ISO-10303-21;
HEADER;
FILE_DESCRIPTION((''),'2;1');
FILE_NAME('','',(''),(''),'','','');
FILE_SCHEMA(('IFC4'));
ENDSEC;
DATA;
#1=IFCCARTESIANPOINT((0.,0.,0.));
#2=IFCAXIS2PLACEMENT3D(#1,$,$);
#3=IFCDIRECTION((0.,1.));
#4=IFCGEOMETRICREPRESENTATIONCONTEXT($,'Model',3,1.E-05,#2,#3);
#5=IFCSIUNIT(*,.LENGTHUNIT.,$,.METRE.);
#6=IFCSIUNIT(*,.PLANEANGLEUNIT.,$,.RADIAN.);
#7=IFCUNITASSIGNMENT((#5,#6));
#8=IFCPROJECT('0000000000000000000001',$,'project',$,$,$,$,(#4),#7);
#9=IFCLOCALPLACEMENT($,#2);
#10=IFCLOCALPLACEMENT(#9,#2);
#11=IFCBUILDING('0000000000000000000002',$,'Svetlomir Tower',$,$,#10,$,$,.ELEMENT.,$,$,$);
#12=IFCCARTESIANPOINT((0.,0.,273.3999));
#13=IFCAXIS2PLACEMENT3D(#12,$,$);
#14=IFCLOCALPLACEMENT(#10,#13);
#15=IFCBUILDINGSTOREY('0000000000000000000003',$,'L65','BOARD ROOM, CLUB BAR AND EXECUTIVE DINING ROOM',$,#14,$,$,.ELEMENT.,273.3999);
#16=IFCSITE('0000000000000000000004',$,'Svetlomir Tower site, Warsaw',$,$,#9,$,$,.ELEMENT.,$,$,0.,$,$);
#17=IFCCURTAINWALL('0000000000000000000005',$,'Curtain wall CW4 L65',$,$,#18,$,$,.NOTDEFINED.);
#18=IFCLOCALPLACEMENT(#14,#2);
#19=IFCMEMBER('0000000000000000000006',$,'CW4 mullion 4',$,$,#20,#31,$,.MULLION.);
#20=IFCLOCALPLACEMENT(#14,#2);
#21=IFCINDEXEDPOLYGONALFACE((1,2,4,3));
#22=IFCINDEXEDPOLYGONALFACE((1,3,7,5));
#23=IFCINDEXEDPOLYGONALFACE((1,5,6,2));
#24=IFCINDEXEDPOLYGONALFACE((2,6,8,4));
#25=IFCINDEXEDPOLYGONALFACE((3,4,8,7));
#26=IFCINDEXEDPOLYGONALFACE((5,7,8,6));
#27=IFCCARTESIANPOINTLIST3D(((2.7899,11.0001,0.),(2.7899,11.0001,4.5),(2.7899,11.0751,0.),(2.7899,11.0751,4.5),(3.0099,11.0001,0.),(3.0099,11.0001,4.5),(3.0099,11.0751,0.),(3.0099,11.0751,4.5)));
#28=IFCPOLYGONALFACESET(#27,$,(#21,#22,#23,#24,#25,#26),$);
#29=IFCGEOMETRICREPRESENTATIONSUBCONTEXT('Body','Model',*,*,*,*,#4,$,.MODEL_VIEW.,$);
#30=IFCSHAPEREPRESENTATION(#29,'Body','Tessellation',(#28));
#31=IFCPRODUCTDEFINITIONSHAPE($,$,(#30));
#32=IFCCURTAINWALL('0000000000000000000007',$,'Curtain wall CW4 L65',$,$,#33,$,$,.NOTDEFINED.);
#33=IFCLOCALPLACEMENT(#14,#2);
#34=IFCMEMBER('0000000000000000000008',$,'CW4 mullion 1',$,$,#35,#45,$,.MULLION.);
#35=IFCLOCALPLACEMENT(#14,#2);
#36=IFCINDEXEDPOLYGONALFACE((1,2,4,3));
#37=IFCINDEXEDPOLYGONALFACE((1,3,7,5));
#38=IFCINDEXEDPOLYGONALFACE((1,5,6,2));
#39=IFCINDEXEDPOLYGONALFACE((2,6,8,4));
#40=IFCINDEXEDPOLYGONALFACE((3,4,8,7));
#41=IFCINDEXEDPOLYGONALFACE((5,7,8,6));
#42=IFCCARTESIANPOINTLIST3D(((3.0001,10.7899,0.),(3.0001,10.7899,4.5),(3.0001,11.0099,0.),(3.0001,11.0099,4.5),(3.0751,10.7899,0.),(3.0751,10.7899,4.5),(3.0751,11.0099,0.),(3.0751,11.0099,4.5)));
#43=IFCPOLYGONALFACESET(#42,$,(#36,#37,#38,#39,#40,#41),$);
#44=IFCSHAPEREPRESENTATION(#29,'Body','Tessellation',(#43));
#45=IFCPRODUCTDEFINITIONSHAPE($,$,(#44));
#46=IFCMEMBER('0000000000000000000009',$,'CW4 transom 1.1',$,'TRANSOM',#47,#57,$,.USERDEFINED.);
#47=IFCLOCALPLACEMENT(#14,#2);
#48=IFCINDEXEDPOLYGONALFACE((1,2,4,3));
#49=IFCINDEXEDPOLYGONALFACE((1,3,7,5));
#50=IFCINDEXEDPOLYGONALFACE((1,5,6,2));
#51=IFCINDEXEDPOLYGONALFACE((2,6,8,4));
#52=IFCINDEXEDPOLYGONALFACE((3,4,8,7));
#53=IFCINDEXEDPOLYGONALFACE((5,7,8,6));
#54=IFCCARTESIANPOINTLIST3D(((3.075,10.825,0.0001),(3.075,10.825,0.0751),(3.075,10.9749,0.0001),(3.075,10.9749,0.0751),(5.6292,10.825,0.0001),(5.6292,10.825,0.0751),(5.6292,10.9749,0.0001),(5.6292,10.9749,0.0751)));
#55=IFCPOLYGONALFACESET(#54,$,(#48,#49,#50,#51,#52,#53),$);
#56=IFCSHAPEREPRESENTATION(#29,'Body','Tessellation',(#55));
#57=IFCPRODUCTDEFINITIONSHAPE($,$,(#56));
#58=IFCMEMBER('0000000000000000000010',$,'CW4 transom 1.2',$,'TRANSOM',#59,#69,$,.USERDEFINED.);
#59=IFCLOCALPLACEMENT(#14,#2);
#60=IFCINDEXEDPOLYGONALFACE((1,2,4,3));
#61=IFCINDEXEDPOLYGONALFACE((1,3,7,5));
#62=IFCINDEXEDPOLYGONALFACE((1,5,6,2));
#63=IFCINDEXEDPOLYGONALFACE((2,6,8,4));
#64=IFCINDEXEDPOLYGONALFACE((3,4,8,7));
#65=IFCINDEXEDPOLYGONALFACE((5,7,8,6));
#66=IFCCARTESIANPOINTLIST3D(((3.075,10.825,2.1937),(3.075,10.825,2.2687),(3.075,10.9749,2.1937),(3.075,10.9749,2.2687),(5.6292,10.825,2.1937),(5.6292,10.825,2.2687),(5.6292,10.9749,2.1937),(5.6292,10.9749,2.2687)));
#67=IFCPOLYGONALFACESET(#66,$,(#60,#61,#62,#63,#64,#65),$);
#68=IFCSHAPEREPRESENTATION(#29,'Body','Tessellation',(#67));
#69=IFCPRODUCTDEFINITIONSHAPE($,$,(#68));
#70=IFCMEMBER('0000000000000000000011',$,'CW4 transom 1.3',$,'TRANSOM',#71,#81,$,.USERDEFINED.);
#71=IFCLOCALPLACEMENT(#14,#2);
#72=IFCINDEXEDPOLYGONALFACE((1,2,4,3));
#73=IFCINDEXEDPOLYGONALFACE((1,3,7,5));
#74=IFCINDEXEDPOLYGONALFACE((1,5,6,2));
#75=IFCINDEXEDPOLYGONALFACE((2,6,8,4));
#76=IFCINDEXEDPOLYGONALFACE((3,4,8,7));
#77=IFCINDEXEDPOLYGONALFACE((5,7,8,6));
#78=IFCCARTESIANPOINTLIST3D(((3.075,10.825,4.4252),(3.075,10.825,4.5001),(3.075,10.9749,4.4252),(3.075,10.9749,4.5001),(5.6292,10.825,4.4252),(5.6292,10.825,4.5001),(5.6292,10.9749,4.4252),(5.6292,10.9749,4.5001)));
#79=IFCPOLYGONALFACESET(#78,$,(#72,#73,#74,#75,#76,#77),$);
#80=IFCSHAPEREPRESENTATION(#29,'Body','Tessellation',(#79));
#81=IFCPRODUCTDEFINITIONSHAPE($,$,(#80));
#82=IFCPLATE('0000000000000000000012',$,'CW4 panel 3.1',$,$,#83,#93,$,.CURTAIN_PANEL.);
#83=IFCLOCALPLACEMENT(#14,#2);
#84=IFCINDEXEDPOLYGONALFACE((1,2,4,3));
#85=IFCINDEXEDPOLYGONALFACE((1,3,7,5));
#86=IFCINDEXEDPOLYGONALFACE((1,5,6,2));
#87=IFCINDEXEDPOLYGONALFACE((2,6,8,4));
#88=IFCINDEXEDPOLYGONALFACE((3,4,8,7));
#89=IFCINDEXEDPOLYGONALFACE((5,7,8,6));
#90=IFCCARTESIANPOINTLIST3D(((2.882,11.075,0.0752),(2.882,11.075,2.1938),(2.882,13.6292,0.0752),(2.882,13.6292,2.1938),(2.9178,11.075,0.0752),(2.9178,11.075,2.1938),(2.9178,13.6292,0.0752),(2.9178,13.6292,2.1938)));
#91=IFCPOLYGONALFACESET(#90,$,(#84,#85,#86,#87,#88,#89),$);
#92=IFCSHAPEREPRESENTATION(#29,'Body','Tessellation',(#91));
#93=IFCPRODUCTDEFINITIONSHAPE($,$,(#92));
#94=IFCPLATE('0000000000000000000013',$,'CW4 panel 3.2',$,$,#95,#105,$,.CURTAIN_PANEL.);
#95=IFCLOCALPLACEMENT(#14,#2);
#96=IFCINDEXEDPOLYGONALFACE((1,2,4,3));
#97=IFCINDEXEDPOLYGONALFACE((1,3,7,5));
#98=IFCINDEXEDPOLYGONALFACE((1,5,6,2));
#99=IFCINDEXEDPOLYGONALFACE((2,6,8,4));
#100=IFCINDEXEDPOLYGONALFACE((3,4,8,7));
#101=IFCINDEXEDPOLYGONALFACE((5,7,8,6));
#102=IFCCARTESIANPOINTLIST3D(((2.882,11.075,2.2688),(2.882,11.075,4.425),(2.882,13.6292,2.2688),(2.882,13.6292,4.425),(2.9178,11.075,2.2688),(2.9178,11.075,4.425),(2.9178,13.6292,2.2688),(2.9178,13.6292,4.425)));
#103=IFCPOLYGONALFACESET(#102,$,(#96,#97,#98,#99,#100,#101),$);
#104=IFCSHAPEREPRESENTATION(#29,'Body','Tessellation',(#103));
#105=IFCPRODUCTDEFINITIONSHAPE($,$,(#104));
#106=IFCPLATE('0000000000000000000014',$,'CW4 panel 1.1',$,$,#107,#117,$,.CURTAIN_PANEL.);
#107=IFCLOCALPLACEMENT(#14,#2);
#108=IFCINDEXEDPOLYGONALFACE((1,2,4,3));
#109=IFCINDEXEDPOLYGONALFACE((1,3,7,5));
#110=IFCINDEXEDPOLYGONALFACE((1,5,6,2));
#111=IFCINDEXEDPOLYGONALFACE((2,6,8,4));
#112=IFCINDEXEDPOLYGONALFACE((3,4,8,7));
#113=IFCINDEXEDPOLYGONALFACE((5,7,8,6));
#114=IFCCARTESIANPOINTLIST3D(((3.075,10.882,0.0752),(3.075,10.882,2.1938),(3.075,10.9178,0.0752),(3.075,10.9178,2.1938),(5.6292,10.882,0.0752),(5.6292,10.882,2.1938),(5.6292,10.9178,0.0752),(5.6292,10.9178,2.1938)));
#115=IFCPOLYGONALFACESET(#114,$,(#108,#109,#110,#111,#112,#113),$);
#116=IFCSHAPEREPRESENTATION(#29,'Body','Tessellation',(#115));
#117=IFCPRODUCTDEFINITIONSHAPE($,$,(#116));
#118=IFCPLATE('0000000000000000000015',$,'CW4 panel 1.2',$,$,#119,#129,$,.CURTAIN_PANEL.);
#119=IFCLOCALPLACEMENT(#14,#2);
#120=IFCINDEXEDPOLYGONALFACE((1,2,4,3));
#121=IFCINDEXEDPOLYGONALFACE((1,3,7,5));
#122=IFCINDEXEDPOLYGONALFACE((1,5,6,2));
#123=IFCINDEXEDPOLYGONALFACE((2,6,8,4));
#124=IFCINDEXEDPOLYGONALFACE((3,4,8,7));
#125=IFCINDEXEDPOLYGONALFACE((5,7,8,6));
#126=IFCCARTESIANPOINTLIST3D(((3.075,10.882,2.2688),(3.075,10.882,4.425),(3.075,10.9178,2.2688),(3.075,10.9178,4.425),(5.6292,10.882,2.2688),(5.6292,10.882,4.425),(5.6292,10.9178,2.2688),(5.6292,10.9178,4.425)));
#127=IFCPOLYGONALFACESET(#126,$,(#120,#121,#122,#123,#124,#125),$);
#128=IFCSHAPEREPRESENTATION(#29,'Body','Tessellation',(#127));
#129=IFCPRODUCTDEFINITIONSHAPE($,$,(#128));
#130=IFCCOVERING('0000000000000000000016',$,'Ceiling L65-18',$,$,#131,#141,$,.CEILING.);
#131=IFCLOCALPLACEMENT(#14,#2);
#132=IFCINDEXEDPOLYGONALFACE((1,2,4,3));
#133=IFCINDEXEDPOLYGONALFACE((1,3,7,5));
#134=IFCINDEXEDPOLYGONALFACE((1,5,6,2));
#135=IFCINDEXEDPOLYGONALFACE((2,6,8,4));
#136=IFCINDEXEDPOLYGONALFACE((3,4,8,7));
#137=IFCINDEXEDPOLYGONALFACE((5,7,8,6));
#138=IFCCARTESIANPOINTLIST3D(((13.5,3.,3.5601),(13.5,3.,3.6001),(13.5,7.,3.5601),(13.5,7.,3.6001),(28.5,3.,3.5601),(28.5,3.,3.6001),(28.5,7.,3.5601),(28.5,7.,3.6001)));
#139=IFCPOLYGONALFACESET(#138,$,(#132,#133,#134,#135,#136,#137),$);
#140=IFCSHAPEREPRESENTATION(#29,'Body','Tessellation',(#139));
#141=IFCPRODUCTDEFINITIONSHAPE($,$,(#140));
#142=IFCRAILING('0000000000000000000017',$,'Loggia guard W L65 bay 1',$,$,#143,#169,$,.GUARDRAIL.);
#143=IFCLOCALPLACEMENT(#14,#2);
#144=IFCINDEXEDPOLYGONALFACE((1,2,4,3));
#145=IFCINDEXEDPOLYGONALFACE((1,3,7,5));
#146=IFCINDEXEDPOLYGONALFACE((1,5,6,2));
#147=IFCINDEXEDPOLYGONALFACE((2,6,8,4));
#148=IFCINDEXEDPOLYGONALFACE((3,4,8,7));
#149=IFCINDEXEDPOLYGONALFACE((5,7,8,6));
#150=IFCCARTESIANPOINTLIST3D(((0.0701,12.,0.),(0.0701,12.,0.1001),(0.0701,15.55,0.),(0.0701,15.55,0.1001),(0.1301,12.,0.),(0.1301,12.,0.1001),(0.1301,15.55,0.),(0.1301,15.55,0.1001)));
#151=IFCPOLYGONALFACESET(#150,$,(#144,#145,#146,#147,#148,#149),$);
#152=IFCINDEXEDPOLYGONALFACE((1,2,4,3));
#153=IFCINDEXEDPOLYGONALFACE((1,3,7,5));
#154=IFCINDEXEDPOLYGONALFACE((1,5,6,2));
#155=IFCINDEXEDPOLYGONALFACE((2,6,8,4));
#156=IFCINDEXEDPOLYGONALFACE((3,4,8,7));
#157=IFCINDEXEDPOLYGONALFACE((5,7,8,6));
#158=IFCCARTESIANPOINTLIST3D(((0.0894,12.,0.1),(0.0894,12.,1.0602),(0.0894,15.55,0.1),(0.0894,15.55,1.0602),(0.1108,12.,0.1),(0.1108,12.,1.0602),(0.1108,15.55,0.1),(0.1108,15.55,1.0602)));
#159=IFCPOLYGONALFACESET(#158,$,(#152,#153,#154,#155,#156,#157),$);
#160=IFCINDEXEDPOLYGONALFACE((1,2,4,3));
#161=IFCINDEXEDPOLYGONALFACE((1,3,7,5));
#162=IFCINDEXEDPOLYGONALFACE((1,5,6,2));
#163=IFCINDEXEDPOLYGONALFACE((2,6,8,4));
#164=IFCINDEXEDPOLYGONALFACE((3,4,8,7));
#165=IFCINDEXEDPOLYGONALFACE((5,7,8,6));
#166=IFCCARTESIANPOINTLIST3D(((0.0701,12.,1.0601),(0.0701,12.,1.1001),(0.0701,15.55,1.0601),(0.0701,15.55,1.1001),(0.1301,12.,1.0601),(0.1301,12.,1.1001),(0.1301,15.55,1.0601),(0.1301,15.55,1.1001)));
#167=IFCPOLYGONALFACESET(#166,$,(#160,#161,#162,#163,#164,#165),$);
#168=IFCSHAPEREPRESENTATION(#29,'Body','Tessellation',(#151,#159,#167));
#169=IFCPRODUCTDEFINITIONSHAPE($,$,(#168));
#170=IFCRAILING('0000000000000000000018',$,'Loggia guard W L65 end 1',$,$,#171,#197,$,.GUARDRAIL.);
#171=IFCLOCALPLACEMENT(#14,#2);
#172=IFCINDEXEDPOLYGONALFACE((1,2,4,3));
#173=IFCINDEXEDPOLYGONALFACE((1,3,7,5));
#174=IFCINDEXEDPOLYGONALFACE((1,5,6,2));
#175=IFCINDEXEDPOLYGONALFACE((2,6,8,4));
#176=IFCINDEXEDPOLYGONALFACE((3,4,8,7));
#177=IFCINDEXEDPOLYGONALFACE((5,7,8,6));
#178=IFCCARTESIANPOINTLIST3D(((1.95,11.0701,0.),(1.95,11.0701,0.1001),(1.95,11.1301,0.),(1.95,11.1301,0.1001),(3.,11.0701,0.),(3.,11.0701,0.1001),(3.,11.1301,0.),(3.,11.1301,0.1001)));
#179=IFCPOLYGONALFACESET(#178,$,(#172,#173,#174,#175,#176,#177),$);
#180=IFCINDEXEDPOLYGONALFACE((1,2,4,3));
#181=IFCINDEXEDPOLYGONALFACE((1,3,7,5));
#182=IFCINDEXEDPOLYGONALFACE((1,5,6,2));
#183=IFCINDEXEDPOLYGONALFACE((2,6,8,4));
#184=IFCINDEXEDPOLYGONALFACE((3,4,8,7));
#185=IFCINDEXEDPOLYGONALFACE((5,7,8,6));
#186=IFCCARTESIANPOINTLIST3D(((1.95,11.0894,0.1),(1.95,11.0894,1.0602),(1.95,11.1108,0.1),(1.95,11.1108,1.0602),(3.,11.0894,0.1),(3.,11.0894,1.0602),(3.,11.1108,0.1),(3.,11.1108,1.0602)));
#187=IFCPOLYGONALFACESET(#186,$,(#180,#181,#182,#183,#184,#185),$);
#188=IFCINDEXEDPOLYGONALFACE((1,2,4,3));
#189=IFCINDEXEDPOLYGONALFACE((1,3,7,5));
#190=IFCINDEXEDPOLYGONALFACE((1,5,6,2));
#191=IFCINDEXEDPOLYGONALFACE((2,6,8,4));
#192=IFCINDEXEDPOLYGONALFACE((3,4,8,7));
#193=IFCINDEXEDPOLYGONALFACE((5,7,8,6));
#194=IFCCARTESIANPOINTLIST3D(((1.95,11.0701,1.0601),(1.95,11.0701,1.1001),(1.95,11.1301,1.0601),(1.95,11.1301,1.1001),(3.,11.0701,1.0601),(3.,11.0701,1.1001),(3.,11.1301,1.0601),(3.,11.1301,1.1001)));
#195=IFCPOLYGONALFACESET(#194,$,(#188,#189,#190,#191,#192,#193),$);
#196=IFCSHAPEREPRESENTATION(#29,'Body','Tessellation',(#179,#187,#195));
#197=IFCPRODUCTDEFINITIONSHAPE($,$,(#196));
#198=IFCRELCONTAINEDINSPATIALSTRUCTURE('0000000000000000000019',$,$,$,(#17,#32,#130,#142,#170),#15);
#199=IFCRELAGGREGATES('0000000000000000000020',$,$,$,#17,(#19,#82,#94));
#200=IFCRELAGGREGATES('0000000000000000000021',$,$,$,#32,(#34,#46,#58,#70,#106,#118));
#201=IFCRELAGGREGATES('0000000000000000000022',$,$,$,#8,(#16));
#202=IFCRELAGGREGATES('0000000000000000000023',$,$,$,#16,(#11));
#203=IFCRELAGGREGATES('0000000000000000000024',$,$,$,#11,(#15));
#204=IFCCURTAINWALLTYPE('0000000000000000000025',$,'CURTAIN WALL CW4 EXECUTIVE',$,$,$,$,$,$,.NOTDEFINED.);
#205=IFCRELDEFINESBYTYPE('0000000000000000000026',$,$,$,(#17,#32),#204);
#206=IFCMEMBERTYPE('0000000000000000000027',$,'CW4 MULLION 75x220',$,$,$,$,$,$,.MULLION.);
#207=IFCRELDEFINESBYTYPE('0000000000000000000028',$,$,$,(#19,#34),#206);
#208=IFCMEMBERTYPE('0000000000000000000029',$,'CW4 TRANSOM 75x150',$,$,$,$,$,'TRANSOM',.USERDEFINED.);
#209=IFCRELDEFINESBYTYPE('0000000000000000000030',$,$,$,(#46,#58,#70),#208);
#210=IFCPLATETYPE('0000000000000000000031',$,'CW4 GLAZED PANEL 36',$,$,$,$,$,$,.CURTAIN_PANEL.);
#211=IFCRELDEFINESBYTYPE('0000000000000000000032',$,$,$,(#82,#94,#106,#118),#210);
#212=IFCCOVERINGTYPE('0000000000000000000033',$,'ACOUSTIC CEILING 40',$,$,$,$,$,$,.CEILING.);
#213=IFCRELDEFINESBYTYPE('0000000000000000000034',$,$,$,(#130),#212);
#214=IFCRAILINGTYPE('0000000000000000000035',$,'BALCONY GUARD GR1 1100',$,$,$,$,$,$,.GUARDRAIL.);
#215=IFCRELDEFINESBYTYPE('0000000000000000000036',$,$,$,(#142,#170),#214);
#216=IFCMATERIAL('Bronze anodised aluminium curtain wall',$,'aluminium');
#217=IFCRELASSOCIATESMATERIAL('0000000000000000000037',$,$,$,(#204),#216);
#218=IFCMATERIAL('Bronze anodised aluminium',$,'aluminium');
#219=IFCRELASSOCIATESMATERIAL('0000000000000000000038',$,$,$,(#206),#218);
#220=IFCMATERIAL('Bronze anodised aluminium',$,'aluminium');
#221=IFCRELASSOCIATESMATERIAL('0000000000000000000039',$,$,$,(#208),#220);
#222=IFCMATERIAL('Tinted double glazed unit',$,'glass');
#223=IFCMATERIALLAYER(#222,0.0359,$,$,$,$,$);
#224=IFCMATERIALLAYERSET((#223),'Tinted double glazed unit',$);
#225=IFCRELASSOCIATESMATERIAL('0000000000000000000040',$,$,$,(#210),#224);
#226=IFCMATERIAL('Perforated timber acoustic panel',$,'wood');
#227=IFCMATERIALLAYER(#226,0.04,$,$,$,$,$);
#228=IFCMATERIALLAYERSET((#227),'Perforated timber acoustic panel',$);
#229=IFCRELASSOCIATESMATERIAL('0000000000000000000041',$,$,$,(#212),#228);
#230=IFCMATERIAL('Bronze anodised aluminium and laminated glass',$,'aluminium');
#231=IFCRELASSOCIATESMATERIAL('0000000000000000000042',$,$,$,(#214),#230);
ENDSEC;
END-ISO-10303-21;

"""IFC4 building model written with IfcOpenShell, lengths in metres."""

from ifc_helpers import new_model, si_unit, direction, frame, origin, origin_2d, place, context, subcontext, project, spatial, polyline, rectangle, outline, extrude, material, layer, layer_set, material_profile, profile_set, type_object, element, aggregate, save


model = new_model("IFC4")

# Units and contexts
model_context = context("Model", 3, precision=1e-05, world=origin(), true_north=direction((0.0, 1.0)))
body_context = subcontext(model_context, "Body", "Model", "MODEL_VIEW")
ifc_project = project(units=[si_unit("LENGTHUNIT", "METRE"), si_unit("PLANEANGLEUNIT", "RADIAN")], contexts=[model_context])

# Site, building, storey
site_placement = place(None, origin())
site = spatial("IfcSite", under=ifc_project, at=site_placement, Name="Svetlomir Tower site, Warsaw", CompositionType="ELEMENT", RefElevation=0.0)
building_placement = place(site_placement, origin())
building = spatial("IfcBuilding", under=site, at=building_placement, Name="Svetlomir Tower", CompositionType="ELEMENT")
storey_placement = place(building_placement, frame((0.0, 0.0, 273.3999)))
storey = spatial("IfcBuildingStorey", under=building, at=storey_placement, Name="L65", Description="BOARD ROOM, CLUB BAR AND EXECUTIVE DINING ROOM", CompositionType="ELEMENT", Elevation=273.3999)

# Curtain wall, member
ifc_material_1 = material(Name="Bronze anodised aluminium curtain wall", Category="aluminium")
curtain_wall_type = type_object("IfcCurtainWallType", Name="CURTAIN WALL CW4 EXECUTIVE", PredefinedType="NOTDEFINED", material=ifc_material_1)
curtain_wall_1_placement = place(storey_placement, origin())
curtain_wall_1 = element("IfcCurtainWall", 1, at=curtain_wall_1_placement, inside=storey, type_object=curtain_wall_type, Name="Curtain wall CW4 L65", PredefinedType="NOTDEFINED")
ifc_material_2 = material(Name="Bronze anodised aluminium", Category="aluminium")
ifc_material_profile_1 = material_profile(ifc_material_2, rectangle(XDim=0.075, YDim=0.22, at=origin_2d()), Name="AL 75x220")
ifc_profile_set_1 = profile_set([ifc_material_profile_1], Name="Bronze anodised aluminium 6063-T6")
member_type_1 = type_object("IfcMemberType", Name="CW4 MULLION 75x220", PredefinedType="MULLION", material=ifc_profile_set_1)
member_1_placement = place(storey_placement, frame((2.8999, 11.0376, 0.0), z_axis=(0.0, 0.0, 1.0), x_axis=(0.0, -1.0, 0.0)))
member_1 = element("IfcMember", 2, at=member_1_placement, type_object=member_type_1, Name="CW4 mullion 4", PredefinedType="MULLION", context=body_context, shape_type="SweptSolid", body=[
    extrude(rectangle(XDim=0.075, YDim=0.22, at=origin_2d()), origin(), (0.0, 0.0, 1.0), 4.5),
])

# Curtain wall, members
curtain_wall_2_placement = place(storey_placement, origin())
curtain_wall_2 = element("IfcCurtainWall", 3, at=curtain_wall_2_placement, inside=storey, type_object=curtain_wall_type, Name="Curtain wall CW4 L65", PredefinedType="NOTDEFINED")
member_2_placement = place(storey_placement, frame((3.0376, 10.8999, 0.0), z_axis=(0.0, 0.0, 1.0), x_axis=(1.0, 0.0, 0.0)))
member_2 = element("IfcMember", 4, at=member_2_placement, type_object=member_type_1, Name="CW4 mullion 1", PredefinedType="MULLION", context=body_context, shape_type="SweptSolid", body=[
    extrude(rectangle(XDim=0.075, YDim=0.22, at=origin_2d()), origin(), (0.0, 0.0, 1.0), 4.5),
])
ifc_material_3 = material(Name="Bronze anodised aluminium", Category="aluminium")
ifc_material_profile_2 = material_profile(ifc_material_3, rectangle(XDim=0.1499, YDim=0.075, at=origin_2d()), Name="AL 150x75")
ifc_profile_set_2 = profile_set([ifc_material_profile_2], Name="Bronze anodised aluminium 6063-T6")
member_type_2 = type_object("IfcMemberType", Name="CW4 TRANSOM 75x150", ElementType="TRANSOM", PredefinedType="USERDEFINED", material=ifc_profile_set_2)
member_3_placement = place(storey_placement, frame((3.075, 10.8999, 0.0376), z_axis=(1.0, 0.0, 0.0), x_axis=(0.0, 1.0, 0.0)))
member_3 = element("IfcMember", 5, at=member_3_placement, type_object=member_type_2, Name="CW4 transom 1.1", ObjectType="TRANSOM", PredefinedType="USERDEFINED", context=body_context, shape_type="SweptSolid", body=[
    extrude(rectangle(XDim=0.1499, YDim=0.075, at=origin_2d()), origin(), (0.0, 0.0, 1.0), 2.5542),
])
member_4_placement = place(storey_placement, frame((3.075, 10.8999, 2.2312), z_axis=(1.0, 0.0, 0.0), x_axis=(0.0, 1.0, 0.0)))
member_4 = element("IfcMember", 6, at=member_4_placement, type_object=member_type_2, Name="CW4 transom 1.2", ObjectType="TRANSOM", PredefinedType="USERDEFINED", context=body_context, shape_type="SweptSolid", body=[
    extrude(rectangle(XDim=0.1499, YDim=0.075, at=origin_2d()), origin(), (0.0, 0.0, 1.0), 2.5542),
])
member_5_placement = place(storey_placement, frame((3.075, 10.8999, 4.4626), z_axis=(1.0, 0.0, 0.0), x_axis=(0.0, 1.0, 0.0)))
member_5 = element("IfcMember", 7, at=member_5_placement, type_object=member_type_2, Name="CW4 transom 1.3", ObjectType="TRANSOM", PredefinedType="USERDEFINED", context=body_context, shape_type="SweptSolid", body=[
    extrude(rectangle(XDim=0.1499, YDim=0.075, at=origin_2d()), origin(), (0.0, 0.0, 1.0), 2.5542),
])

# Plates
ifc_material_4 = material(Name="Tinted double glazed unit", Category="glass")
ifc_layer_1 = layer(ifc_material_4, 0.0359)
ifc_layer_set_1 = layer_set([ifc_layer_1], Name="Tinted double glazed unit")
plate_type = type_object("IfcPlateType", Name="CW4 GLAZED PANEL 36", PredefinedType="CURTAIN_PANEL", material=ifc_layer_set_1)
plate_1_placement = place(storey_placement, frame((2.8999, 12.3521, 0.0752), z_axis=(0.0, 0.0, 1.0), x_axis=(0.0, -1.0, 0.0)))
plate_1 = element("IfcPlate", 8, at=plate_1_placement, type_object=plate_type, Name="CW4 panel 3.1", PredefinedType="CURTAIN_PANEL", context=body_context, shape_type="SweptSolid", body=[
    extrude(rectangle(XDim=2.5542, YDim=0.0359, at=origin_2d()), origin(), (0.0, 0.0, 1.0), 2.1187),
])
plate_2_placement = place(storey_placement, frame((2.8999, 12.3521, 2.2688), z_axis=(0.0, 0.0, 1.0), x_axis=(0.0, -1.0, 0.0)))
plate_2 = element("IfcPlate", 9, at=plate_2_placement, type_object=plate_type, Name="CW4 panel 3.2", PredefinedType="CURTAIN_PANEL", context=body_context, shape_type="SweptSolid", body=[
    extrude(rectangle(XDim=2.5542, YDim=0.0359, at=origin_2d()), origin(), (0.0, 0.0, 1.0), 2.1562),
])
aggregate(curtain_wall_1, [member_1, plate_1, plate_2])
plate_3_placement = place(storey_placement, frame((4.3521, 10.8999, 0.0752), z_axis=(0.0, 0.0, 1.0), x_axis=(1.0, 0.0, 0.0)))
plate_3 = element("IfcPlate", 10, at=plate_3_placement, type_object=plate_type, Name="CW4 panel 1.1", PredefinedType="CURTAIN_PANEL", context=body_context, shape_type="SweptSolid", body=[
    extrude(rectangle(XDim=2.5542, YDim=0.0359, at=origin_2d()), origin(), (0.0, 0.0, 1.0), 2.1187),
])
plate_4_placement = place(storey_placement, frame((4.3521, 10.8999, 2.2688), z_axis=(0.0, 0.0, 1.0), x_axis=(1.0, 0.0, 0.0)))
plate_4 = element("IfcPlate", 11, at=plate_4_placement, type_object=plate_type, Name="CW4 panel 1.2", PredefinedType="CURTAIN_PANEL", context=body_context, shape_type="SweptSolid", body=[
    extrude(rectangle(XDim=2.5542, YDim=0.0359, at=origin_2d()), origin(), (0.0, 0.0, 1.0), 2.1562),
])
aggregate(curtain_wall_2, [member_2, member_3, member_4, member_5, plate_3, plate_4])

# Covering
ifc_material_5 = material(Name="Perforated timber acoustic panel", Category="wood")
ifc_layer_2 = layer(ifc_material_5, 0.04)
ifc_layer_set_2 = layer_set([ifc_layer_2], Name="Perforated timber acoustic panel")
covering_type_1 = type_object("IfcCoveringType", Name="ACOUSTIC CEILING 40", PredefinedType="CEILING", material=ifc_layer_set_2)
covering_1_placement = place(storey_placement, frame((0.0, 0.0, 3.5601)))
element("IfcCovering", 12, at=covering_1_placement, inside=storey, type_object=covering_type_1, Name="Ceiling L65-18", PredefinedType="CEILING", context=body_context, shape_type="SweptSolid", body=[
    extrude(outline(polyline([(13.5, 3.0), (28.5, 3.0), (28.5, 7.0), (13.5, 7.0), (13.5, 3.0)])), origin(), (0.0, 0.0, 1.0), 0.04),
])

# Railings
ifc_material_6 = material(Name="Bronze anodised aluminium and laminated glass", Category="aluminium")
railing_type = type_object("IfcRailingType", Name="BALCONY GUARD GR1 1100", PredefinedType="GUARDRAIL", material=ifc_material_6)
railing_1_placement = place(storey_placement, frame((0.1001, 12.0, 0.0)))
element("IfcRailing", 13, at=railing_1_placement, inside=storey, type_object=railing_type, Name="Loggia guard W L65 bay 1", PredefinedType="GUARDRAIL", context=body_context, shape_type="SweptSolid", body=[
    extrude(rectangle(XDim=0.0601, YDim=0.1001, at=origin_2d()), frame((0.0, 0.0, 0.05), z_axis=(0.0, 1.0, 0.0), x_axis=(-1.0, 0.0, 0.0)), (0.0, 0.0, 1.0), 3.55),
    extrude(rectangle(XDim=0.0215, YDim=0.9602, at=origin_2d()), frame((0.0, 0.0, 0.5801), z_axis=(0.0, 1.0, 0.0), x_axis=(-1.0, 0.0, 0.0)), (0.0, 0.0, 1.0), 3.55),
    extrude(rectangle(XDim=0.0601, YDim=0.04, at=origin_2d()), frame((0.0, 0.0, 1.0801), z_axis=(0.0, 1.0, 0.0), x_axis=(-1.0, 0.0, 0.0)), (0.0, 0.0, 1.0), 3.55),
])
railing_2_placement = place(storey_placement, frame((1.95, 11.1001, 0.0)))
element("IfcRailing", 14, at=railing_2_placement, inside=storey, type_object=railing_type, Name="Loggia guard W L65 end 1", PredefinedType="GUARDRAIL", context=body_context, shape_type="SweptSolid", body=[
    extrude(rectangle(XDim=0.0601, YDim=0.1001, at=origin_2d()), frame((0.0, 0.0, 0.05), z_axis=(1.0, 0.0, 0.0), x_axis=(0.0, 1.0, 0.0)), (0.0, 0.0, 1.0), 1.05),
    extrude(rectangle(XDim=0.0215, YDim=0.9602, at=origin_2d()), frame((0.0, 0.0, 0.5801), z_axis=(1.0, 0.0, 0.0), x_axis=(0.0, 1.0, 0.0)), (0.0, 0.0, 1.0), 1.05),
    extrude(rectangle(XDim=0.0601, YDim=0.04, at=origin_2d()), frame((0.0, 0.0, 1.0801), z_axis=(1.0, 0.0, 0.0), x_axis=(0.0, 1.0, 0.0)), (0.0, 0.0, 1.0), 1.05),
])

save(model, "model.ifc")
